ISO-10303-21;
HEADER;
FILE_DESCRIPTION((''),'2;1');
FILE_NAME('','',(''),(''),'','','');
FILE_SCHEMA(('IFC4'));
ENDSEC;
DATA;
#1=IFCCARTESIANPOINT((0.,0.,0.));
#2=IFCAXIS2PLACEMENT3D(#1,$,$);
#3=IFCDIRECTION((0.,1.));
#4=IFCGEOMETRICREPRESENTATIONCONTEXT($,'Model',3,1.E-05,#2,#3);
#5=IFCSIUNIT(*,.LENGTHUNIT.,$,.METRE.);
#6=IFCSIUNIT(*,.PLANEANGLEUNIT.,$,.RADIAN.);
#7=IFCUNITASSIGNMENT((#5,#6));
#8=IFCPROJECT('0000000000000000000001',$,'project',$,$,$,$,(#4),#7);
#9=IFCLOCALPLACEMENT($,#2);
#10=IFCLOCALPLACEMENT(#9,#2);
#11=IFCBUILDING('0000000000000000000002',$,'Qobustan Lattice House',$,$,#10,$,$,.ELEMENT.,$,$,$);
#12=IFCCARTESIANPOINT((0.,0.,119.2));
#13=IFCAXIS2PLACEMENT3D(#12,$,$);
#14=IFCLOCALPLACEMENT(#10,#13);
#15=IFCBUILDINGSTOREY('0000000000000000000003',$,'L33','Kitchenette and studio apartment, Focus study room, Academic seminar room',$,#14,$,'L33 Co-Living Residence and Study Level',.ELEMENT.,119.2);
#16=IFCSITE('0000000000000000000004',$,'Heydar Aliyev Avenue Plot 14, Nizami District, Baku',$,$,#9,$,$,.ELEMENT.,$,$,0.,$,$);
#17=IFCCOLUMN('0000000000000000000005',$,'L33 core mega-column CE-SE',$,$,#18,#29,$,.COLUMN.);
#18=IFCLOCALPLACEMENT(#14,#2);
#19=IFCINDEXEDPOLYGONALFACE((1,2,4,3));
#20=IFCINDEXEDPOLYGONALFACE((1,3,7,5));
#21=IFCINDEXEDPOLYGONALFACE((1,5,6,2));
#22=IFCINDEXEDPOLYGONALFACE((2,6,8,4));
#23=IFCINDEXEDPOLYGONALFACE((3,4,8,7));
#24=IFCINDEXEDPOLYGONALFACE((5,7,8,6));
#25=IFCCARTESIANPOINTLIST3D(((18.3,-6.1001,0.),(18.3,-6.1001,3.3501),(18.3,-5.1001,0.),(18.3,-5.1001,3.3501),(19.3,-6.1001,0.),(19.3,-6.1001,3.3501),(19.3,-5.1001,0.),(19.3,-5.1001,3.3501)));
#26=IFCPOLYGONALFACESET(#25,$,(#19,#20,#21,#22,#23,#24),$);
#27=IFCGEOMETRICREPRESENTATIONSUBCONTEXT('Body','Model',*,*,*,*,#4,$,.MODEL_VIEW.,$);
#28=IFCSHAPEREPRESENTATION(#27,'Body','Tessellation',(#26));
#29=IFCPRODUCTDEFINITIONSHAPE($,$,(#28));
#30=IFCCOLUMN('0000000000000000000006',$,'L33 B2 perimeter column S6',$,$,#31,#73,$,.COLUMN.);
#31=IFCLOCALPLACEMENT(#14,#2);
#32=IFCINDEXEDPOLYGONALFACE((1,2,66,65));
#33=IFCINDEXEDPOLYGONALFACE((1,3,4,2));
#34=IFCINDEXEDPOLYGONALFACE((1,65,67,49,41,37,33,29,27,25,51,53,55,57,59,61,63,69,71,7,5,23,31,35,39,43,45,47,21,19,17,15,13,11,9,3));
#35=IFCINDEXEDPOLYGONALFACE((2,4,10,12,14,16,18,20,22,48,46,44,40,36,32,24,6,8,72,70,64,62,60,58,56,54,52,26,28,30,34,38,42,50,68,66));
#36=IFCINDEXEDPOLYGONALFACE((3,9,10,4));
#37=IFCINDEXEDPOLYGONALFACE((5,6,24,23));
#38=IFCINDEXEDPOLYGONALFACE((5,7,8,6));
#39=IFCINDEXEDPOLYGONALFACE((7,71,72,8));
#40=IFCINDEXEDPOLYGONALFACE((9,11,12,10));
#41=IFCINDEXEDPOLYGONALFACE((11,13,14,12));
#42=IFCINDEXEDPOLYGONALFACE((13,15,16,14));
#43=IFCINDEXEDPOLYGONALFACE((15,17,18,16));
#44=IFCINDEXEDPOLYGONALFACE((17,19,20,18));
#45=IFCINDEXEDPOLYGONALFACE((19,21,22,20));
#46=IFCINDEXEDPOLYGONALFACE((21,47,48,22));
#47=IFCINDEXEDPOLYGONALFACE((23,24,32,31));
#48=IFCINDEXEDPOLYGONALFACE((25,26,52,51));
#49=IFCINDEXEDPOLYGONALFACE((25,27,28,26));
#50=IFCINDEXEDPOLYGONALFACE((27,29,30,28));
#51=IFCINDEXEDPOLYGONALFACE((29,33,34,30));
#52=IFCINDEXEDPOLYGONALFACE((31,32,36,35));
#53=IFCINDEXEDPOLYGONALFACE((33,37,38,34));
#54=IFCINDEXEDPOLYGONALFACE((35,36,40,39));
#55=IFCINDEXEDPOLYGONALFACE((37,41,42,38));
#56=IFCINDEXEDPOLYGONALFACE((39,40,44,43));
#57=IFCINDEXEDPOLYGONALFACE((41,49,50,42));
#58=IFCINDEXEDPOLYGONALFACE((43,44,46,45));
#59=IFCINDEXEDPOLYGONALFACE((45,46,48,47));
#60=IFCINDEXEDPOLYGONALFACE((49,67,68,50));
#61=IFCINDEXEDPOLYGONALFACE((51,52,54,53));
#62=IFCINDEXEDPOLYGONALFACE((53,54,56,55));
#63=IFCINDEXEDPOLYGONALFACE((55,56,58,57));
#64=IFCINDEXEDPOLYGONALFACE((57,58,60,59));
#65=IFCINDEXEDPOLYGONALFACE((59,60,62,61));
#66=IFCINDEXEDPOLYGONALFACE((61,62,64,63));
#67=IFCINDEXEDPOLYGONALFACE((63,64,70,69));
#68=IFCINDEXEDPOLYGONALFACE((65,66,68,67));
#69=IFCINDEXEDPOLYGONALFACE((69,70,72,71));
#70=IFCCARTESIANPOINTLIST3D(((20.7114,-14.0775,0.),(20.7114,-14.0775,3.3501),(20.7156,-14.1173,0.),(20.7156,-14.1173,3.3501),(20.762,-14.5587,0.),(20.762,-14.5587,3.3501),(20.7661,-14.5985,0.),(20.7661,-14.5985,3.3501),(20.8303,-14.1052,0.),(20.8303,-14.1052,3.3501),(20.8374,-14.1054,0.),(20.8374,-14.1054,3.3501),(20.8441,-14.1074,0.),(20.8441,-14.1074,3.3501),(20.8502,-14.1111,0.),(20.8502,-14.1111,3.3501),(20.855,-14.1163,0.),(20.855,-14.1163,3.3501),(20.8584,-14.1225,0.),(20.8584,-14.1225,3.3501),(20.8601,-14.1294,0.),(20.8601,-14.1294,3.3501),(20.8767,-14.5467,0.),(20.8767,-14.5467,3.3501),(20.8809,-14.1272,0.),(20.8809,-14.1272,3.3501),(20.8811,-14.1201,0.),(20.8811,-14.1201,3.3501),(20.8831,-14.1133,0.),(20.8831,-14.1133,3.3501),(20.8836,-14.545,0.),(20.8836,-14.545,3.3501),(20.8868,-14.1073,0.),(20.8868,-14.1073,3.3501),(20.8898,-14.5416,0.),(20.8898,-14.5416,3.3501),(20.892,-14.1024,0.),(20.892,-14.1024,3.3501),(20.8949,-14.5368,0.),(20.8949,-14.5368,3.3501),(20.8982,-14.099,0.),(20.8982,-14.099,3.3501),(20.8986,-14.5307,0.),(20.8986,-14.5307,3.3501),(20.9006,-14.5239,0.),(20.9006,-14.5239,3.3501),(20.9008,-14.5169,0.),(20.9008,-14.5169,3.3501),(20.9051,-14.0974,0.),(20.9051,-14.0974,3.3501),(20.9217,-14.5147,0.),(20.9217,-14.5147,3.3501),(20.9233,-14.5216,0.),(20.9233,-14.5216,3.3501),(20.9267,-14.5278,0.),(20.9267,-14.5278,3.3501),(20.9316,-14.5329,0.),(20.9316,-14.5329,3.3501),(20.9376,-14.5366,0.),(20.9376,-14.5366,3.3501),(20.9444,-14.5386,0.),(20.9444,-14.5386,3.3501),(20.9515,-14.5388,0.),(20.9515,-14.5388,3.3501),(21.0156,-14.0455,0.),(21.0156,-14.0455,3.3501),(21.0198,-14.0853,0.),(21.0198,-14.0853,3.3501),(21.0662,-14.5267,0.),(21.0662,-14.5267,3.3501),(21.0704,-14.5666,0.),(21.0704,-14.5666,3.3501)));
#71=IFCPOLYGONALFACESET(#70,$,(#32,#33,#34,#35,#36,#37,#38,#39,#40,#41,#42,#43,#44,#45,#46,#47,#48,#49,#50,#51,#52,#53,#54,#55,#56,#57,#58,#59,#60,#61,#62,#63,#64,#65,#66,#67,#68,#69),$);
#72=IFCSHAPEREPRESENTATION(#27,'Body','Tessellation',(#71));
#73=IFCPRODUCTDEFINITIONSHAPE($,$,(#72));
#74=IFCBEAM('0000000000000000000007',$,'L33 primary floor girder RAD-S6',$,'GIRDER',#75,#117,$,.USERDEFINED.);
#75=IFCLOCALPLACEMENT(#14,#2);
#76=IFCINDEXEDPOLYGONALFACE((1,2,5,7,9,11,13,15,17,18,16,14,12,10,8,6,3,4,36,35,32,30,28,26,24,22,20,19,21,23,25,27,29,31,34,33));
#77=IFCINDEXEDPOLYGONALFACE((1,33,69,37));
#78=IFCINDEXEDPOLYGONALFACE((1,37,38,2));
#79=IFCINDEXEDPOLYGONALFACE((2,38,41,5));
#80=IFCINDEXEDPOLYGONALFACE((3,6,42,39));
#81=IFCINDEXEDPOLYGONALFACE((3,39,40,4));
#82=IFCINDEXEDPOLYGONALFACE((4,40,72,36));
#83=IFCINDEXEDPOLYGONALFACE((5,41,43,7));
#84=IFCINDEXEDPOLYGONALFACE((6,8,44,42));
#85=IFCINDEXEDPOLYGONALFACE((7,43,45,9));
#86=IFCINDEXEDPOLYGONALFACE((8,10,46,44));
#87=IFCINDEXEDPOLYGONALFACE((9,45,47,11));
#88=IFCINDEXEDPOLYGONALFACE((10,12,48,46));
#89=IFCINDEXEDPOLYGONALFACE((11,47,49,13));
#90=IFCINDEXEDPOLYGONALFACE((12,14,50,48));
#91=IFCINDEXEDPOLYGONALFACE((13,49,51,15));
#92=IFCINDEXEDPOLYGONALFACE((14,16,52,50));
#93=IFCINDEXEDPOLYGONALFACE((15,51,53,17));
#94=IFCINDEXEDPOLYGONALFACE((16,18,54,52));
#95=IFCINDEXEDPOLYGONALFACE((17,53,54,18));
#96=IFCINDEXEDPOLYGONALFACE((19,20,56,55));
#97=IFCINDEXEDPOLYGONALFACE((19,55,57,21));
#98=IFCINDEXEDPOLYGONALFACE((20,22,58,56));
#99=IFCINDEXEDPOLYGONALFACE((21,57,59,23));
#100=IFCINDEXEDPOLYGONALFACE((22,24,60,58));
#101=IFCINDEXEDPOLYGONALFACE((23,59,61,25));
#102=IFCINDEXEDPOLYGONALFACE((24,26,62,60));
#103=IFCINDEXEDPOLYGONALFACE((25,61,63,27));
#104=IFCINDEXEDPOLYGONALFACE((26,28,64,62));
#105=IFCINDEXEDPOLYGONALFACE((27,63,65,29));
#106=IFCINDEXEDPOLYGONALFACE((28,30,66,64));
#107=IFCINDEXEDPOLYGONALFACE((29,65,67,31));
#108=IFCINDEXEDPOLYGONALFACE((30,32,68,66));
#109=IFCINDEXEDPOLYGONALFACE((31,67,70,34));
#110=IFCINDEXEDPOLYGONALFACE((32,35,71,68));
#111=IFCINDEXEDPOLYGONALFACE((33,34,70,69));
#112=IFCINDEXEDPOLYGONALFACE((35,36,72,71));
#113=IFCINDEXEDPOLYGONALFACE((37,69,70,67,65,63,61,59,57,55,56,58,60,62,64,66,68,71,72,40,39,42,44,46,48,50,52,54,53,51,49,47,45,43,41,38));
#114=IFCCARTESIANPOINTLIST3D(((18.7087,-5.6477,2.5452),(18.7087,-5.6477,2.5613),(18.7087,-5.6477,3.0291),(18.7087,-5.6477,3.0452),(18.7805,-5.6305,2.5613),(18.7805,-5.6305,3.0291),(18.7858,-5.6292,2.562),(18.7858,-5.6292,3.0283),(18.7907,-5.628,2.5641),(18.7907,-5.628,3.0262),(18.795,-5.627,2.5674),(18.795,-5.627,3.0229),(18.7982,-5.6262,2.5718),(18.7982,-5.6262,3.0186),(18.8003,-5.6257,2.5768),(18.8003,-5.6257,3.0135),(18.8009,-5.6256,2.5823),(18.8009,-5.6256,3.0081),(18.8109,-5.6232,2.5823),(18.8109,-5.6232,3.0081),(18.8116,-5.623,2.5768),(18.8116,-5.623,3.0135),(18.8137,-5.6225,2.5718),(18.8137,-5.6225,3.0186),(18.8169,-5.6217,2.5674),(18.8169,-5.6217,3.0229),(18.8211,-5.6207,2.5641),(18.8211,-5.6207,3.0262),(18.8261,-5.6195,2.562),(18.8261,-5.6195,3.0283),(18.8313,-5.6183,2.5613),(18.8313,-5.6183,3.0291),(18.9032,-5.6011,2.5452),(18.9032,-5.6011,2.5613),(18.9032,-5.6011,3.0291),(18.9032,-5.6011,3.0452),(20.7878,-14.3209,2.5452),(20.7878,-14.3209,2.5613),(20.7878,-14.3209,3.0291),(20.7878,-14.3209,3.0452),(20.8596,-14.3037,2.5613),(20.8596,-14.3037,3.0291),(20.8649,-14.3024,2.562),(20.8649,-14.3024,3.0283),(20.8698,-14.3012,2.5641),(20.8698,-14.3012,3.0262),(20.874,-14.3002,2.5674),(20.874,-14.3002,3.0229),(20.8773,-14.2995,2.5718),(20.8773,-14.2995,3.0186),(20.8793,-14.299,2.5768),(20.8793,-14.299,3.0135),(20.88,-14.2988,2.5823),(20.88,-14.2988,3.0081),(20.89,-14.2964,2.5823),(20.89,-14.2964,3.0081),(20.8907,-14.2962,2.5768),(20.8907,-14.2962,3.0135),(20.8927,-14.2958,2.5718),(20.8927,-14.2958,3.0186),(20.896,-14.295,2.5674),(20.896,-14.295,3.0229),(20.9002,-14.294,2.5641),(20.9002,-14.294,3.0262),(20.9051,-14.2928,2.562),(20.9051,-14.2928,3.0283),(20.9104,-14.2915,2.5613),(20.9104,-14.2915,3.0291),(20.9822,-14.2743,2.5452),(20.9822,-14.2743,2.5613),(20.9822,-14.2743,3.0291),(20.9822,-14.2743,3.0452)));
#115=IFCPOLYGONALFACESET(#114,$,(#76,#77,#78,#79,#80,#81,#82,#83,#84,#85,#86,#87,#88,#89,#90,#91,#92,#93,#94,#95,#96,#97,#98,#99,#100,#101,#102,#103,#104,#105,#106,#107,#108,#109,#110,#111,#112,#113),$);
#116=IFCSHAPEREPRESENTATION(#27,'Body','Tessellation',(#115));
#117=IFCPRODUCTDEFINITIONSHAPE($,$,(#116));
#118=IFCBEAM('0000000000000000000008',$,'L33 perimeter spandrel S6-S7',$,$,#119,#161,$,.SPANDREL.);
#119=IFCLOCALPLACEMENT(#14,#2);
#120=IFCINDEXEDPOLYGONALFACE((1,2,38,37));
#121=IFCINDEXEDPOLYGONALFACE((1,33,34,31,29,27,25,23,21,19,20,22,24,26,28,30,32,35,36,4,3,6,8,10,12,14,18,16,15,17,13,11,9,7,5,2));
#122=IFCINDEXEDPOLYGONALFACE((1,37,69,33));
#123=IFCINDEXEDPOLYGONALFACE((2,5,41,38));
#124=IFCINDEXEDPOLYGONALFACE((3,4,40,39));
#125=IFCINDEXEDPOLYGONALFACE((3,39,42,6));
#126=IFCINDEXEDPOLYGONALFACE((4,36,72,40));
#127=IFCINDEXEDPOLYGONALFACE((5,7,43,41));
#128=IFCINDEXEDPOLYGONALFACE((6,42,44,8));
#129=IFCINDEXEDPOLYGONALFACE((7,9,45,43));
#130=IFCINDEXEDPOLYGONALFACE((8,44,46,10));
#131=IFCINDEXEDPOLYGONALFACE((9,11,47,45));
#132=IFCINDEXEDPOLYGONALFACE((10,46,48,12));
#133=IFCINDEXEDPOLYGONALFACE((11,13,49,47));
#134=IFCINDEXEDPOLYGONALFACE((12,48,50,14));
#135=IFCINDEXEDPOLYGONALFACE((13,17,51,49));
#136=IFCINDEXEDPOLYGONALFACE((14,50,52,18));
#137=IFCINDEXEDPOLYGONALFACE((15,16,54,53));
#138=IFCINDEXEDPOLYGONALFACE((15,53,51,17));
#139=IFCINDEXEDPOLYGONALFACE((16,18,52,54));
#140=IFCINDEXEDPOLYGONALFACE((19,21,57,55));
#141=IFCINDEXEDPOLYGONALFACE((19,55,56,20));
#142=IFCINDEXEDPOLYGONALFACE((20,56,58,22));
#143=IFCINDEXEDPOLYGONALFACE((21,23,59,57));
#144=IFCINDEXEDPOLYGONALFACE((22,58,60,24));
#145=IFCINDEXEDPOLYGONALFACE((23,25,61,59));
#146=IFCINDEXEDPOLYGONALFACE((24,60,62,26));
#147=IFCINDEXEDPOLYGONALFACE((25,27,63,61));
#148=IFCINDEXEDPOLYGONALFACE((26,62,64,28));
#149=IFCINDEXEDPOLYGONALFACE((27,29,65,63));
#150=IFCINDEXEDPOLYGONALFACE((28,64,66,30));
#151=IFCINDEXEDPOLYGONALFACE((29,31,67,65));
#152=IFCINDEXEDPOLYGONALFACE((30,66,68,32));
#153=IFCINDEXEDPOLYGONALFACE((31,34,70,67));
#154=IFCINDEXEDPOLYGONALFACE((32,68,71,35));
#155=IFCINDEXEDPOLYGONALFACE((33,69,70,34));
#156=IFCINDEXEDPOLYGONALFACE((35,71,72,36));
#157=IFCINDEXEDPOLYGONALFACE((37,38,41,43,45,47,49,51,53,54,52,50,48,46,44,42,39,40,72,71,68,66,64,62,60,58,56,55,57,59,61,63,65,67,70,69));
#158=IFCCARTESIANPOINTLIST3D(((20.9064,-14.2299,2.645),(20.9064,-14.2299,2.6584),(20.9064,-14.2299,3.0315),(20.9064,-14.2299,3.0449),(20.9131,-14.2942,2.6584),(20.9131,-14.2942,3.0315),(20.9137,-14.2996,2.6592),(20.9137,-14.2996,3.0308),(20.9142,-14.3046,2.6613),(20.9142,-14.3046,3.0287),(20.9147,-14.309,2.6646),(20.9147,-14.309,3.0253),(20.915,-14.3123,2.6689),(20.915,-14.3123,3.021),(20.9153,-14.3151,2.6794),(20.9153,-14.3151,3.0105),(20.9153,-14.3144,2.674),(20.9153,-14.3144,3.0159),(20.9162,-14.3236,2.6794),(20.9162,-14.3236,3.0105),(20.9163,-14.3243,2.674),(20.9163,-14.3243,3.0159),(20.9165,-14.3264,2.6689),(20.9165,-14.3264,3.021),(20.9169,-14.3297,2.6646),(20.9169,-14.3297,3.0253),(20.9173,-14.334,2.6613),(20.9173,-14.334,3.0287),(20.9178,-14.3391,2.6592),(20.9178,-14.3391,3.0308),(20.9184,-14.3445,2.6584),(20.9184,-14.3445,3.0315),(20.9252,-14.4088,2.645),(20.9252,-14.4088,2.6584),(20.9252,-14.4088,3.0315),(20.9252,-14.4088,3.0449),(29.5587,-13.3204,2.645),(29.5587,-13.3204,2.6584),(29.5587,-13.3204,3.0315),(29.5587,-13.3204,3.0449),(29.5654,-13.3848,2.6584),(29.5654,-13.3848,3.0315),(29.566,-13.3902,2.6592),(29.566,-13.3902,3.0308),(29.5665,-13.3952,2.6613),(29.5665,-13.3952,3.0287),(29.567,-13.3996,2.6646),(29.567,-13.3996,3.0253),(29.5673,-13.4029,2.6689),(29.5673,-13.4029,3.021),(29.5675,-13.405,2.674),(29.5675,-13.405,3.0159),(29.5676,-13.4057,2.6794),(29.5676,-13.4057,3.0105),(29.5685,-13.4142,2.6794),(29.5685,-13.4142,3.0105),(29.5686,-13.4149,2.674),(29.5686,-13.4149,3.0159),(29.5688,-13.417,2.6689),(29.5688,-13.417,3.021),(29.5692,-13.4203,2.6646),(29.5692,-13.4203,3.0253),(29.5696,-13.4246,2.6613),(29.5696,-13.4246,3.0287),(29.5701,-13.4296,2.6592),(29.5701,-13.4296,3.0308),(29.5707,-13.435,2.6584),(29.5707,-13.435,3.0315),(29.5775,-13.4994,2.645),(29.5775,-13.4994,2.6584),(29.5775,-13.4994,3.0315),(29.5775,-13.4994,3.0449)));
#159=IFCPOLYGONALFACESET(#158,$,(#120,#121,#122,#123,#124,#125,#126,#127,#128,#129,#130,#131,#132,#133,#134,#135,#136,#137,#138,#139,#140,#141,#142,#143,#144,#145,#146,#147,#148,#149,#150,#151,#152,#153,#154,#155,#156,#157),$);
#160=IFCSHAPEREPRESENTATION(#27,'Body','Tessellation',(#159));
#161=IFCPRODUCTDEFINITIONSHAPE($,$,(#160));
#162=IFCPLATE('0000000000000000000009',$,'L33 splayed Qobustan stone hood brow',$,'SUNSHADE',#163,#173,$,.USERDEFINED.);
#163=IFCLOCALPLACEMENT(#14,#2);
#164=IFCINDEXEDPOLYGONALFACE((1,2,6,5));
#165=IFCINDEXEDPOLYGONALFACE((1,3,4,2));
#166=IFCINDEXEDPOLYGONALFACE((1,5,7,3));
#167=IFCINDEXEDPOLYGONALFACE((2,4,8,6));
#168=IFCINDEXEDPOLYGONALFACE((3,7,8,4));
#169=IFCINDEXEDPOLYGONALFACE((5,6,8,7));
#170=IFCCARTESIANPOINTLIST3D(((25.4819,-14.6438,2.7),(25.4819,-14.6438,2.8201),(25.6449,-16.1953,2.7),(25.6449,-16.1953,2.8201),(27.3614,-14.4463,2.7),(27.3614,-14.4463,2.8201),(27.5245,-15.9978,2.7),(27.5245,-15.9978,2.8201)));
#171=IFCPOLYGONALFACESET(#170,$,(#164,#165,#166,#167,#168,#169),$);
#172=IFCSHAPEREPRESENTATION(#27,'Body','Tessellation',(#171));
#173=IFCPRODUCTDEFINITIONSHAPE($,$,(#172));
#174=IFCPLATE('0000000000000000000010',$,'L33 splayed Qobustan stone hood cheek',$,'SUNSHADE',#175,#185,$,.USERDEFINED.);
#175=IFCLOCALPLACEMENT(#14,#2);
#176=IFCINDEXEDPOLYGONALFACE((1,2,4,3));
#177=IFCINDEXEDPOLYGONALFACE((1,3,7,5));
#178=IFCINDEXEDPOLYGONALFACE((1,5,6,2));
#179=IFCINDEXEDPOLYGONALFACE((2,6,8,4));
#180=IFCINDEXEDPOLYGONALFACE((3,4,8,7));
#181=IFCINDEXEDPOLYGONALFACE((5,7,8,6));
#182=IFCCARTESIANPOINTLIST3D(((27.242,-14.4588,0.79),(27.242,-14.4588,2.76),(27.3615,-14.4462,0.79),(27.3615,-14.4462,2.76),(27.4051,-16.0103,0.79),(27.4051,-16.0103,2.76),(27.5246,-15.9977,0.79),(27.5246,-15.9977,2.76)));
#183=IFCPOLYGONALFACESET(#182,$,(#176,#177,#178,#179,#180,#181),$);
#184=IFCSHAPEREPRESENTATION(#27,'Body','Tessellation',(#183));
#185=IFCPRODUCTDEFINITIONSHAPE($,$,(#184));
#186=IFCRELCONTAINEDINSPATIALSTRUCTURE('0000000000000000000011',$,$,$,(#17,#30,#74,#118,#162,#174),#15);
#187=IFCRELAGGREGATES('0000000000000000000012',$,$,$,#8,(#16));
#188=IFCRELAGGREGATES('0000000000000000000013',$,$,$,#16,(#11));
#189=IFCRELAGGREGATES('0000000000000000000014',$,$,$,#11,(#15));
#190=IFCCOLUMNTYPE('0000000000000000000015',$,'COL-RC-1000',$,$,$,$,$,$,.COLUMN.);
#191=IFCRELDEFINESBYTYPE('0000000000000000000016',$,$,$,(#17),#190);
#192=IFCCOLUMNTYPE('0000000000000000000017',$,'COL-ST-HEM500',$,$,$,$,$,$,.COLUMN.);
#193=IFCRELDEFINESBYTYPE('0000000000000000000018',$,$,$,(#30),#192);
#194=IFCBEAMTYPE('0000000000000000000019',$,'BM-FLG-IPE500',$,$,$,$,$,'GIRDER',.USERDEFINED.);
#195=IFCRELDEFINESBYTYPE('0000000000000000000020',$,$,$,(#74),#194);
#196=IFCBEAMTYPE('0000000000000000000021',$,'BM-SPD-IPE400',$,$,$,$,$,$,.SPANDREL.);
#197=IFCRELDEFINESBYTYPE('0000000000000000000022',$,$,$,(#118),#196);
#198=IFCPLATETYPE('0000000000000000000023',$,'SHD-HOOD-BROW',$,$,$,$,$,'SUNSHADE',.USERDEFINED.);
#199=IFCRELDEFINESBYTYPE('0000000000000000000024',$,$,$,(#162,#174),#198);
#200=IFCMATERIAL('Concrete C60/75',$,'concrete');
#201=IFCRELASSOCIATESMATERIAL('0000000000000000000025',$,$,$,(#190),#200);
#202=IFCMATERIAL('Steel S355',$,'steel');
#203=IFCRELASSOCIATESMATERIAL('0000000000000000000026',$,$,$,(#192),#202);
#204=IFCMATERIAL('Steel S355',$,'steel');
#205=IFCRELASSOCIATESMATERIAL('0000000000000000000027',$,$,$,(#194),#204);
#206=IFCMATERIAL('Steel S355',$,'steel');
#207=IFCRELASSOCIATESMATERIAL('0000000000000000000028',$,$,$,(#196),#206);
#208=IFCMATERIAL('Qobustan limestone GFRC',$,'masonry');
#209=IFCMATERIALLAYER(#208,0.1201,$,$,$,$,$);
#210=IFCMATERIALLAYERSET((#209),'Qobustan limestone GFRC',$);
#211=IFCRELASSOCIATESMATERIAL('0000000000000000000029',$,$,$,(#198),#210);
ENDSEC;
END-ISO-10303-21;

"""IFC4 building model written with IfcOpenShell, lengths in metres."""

from ifc_helpers import new_model, si_unit, direction, frame, origin, origin_2d, place, context, subcontext, project, spatial, rectangle, i_section, extrude, material, layer, layer_set, material_profile, profile_set, type_object, element, save


model = new_model("IFC4")

# Units and contexts
model_context = context("Model", 3, precision=1e-05, world=origin(), true_north=direction((0.0, 1.0)))
body_context = subcontext(model_context, "Body", "Model", "MODEL_VIEW")
ifc_project = project(units=[si_unit("LENGTHUNIT", "METRE"), si_unit("PLANEANGLEUNIT", "RADIAN")], contexts=[model_context])

# Site, building, storey
site_placement = place(None, origin())
site = spatial("IfcSite", under=ifc_project, at=site_placement, Name="Heydar Aliyev Avenue Plot 14, Nizami District, Baku", CompositionType="ELEMENT", RefElevation=0.0)
building_placement = place(site_placement, origin())
building = spatial("IfcBuilding", under=site, at=building_placement, Name="Qobustan Lattice House", CompositionType="ELEMENT")
storey_placement = place(building_placement, frame((0.0, 0.0, 119.2)))
storey = spatial("IfcBuildingStorey", under=building, at=storey_placement, Name="L33", Description="Kitchenette and studio apartment, Focus study room, Academic seminar room", LongName="L33 Co-Living Residence and Study Level", CompositionType="ELEMENT", Elevation=119.2)

# Columns
ifc_material_1 = material(Name="Concrete C60/75", Category="concrete")
ifc_material_profile_1 = material_profile(ifc_material_1, rectangle(XDim=1.0, YDim=1.0, at=origin_2d()), Name="RC1000x1000")
ifc_profile_set_1 = profile_set([ifc_material_profile_1], Name="Concrete C60/75")
column_type_1 = type_object("IfcColumnType", Name="COL-RC-1000", PredefinedType="COLUMN", material=ifc_profile_set_1)
column_1_placement = place(storey_placement, frame((18.8, -5.6001, 0.0), z_axis=(0.0, 0.0, 1.0), x_axis=(1.0, 0.0, 0.0)))
element("IfcColumn", 1, at=column_1_placement, inside=storey, type_object=column_type_1, Name="L33 core mega-column CE-SE", PredefinedType="COLUMN", context=body_context, shape_type="SweptSolid", body=[
    extrude(rectangle(XDim=1.0, YDim=1.0, at=origin_2d()), origin(), (0.0, 0.0, 1.0), 3.3501),
])
ifc_material_2 = material(Name="Steel S355", Category="steel")
ifc_material_profile_2 = material_profile(ifc_material_2, i_section(OverallWidth=0.3059, OverallDepth=0.5239, WebThickness=0.021, FlangeThickness=0.04, FilletRadius=0.0271, at=origin_2d()), Name="HEM500")
ifc_profile_set_2 = profile_set([ifc_material_profile_2], Name="Steel S355")
column_type_2 = type_object("IfcColumnType", Name="COL-ST-HEM500", PredefinedType="COLUMN", material=ifc_profile_set_2)
column_2_placement = place(storey_placement, frame((20.8909, -14.322, 0.0), z_axis=(0.0, 0.0, 1.0), x_axis=(0.994522, 0.104528, 0.0)))
element("IfcColumn", 2, at=column_2_placement, inside=storey, type_object=column_type_2, Name="L33 B2 perimeter column S6", PredefinedType="COLUMN", context=body_context, shape_type="SweptSolid", body=[
    extrude(i_section(OverallWidth=0.3059, OverallDepth=0.5239, WebThickness=0.021, FlangeThickness=0.04, FilletRadius=0.0271, at=origin_2d()), origin(), (0.0, 0.0, 1.0), 3.3501),
])

# Beams
ifc_material_3 = material(Name="Steel S355", Category="steel")
ifc_material_profile_3 = material_profile(ifc_material_3, i_section(OverallWidth=0.2, OverallDepth=0.5, WebThickness=0.0103, FlangeThickness=0.0161, FilletRadius=0.021, at=origin_2d()), Name="IPE500")
ifc_profile_set_3 = profile_set([ifc_material_profile_3], Name="Steel S355")
beam_type_1 = type_object("IfcBeamType", Name="BM-FLG-IPE500", ElementType="GIRDER", PredefinedType="USERDEFINED", material=ifc_profile_set_3)
beam_1_placement = place(storey_placement, frame((20.885, -14.2976, 2.7952), z_axis=(-0.233108, 0.972451, 0.0), x_axis=(-0.972451, -0.233108, 0.0)))
element("IfcBeam", 3, at=beam_1_placement, inside=storey, type_object=beam_type_1, Name="L33 primary floor girder RAD-S6", ObjectType="GIRDER", PredefinedType="USERDEFINED", context=body_context, shape_type="SweptSolid", body=[
    extrude(i_section(OverallWidth=0.2, OverallDepth=0.5, WebThickness=0.0103, FlangeThickness=0.0161, FilletRadius=0.021, at=origin_2d()), origin(), (0.0, 0.0, 1.0), 8.9189),
])
ifc_material_4 = material(Name="Steel S355", Category="steel")
ifc_material_profile_4 = material_profile(ifc_material_4, i_section(OverallWidth=0.1799, OverallDepth=0.3999, WebThickness=0.0085, FlangeThickness=0.0134, FilletRadius=0.021, at=origin_2d()), Name="IPE400")
ifc_profile_set_4 = profile_set([ifc_material_profile_4], Name="Steel S355")
beam_type_2 = type_object("IfcBeamType", Name="BM-SPD-IPE400", PredefinedType="SPANDREL", material=ifc_profile_set_4)
beam_2_placement = place(storey_placement, frame((20.9158, -14.3193, 2.845), z_axis=(0.994522, 0.104531, 0.0), x_axis=(-0.104531, 0.994522, 0.0)))
element("IfcBeam", 4, at=beam_2_placement, inside=storey, type_object=beam_type_2, Name="L33 perimeter spandrel S6-S7", PredefinedType="SPANDREL", context=body_context, shape_type="SweptSolid", body=[
    extrude(i_section(OverallWidth=0.1799, OverallDepth=0.3999, WebThickness=0.0085, FlangeThickness=0.0134, FilletRadius=0.021, at=origin_2d()), origin(), (0.0, 0.0, 1.0), 8.7),
])

# Plates
ifc_material_5 = material(Name="Qobustan limestone GFRC", Category="masonry")
ifc_layer_1 = layer(ifc_material_5, 0.1201)
ifc_layer_set_1 = layer_set([ifc_layer_1], Name="Qobustan limestone GFRC")
plate_type = type_object("IfcPlateType", Name="SHD-HOOD-BROW", ElementType="SUNSHADE", PredefinedType="USERDEFINED", material=ifc_layer_set_1)
plate_1_placement = place(storey_placement, frame((26.5032, -15.3208, 2.7), z_axis=(0.0, 0.0, 1.0), x_axis=(-0.994522, -0.104528, 0.0)))
element("IfcPlate", 5, at=plate_1_placement, inside=storey, type_object=plate_type, Name="L33 splayed Qobustan stone hood brow", ObjectType="SUNSHADE", PredefinedType="USERDEFINED", context=body_context, shape_type="SweptSolid", body=[
    extrude(rectangle(XDim=1.8899, YDim=1.5601, at=origin_2d()), origin(), (0.0, 0.0, 1.0), 0.1201),
])
plate_2_placement = place(storey_placement, frame((27.3833, -15.2283, 0.79), z_axis=(0.0, 0.0, 1.0), x_axis=(-0.994522, -0.104528, 0.0)))
element("IfcPlate", 6, at=plate_2_placement, inside=storey, type_object=plate_type, Name="L33 splayed Qobustan stone hood cheek", ObjectType="SUNSHADE", PredefinedType="USERDEFINED", context=body_context, shape_type="SweptSolid", body=[
    extrude(rectangle(XDim=0.1201, YDim=1.5601, at=origin_2d()), origin(), (0.0, 0.0, 1.0), 1.97),
])

save(model, "model.ifc")
